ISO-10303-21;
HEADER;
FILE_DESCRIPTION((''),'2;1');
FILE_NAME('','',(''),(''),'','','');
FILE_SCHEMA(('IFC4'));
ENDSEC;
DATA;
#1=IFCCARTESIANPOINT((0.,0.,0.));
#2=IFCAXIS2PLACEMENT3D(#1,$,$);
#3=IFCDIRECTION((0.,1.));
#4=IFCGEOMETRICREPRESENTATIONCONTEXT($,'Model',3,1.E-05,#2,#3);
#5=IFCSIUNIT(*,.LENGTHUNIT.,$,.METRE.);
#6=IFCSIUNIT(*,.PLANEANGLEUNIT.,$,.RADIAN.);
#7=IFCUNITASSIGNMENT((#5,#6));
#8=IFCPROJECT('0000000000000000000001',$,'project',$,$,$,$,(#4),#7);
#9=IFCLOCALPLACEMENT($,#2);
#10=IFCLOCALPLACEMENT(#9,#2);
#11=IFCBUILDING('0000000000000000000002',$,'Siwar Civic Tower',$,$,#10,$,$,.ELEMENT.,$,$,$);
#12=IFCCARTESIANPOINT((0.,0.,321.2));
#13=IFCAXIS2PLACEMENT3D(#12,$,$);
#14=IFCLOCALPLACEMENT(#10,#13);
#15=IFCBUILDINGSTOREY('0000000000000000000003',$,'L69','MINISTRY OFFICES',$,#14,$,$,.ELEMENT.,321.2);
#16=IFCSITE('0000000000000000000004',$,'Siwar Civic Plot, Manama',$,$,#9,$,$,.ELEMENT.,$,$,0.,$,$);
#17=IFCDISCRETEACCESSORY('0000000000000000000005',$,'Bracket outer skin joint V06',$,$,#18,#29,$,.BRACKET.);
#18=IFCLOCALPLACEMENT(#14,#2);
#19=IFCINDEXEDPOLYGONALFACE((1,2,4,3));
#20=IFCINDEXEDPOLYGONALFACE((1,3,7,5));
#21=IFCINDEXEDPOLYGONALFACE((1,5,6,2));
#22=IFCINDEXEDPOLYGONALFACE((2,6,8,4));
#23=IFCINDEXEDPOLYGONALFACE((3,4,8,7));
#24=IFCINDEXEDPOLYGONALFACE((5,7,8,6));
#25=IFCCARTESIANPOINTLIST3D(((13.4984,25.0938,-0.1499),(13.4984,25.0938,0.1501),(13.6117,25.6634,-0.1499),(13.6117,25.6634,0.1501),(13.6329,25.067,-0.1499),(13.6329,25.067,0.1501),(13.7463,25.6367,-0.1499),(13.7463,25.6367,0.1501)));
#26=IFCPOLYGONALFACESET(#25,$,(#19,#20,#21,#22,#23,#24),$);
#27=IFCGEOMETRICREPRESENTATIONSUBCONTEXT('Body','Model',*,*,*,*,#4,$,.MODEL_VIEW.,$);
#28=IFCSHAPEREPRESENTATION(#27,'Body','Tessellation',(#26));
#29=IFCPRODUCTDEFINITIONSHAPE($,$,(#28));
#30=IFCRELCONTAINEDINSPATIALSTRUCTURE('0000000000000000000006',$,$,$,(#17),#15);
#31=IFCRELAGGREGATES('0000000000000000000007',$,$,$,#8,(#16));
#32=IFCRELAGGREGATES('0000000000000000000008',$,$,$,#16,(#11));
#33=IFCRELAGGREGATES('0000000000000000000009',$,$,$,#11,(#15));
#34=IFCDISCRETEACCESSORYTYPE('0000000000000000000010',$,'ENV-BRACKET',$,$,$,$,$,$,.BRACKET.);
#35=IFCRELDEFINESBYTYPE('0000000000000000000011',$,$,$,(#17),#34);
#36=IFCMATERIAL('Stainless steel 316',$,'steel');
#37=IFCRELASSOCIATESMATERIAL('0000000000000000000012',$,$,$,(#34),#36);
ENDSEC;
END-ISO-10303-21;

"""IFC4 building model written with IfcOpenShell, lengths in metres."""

from ifc_helpers import new_model, si_unit, direction, frame, origin, origin_2d, place, context, subcontext, project, spatial, rectangle, extrude, material, type_object, element, save


model = new_model("IFC4")

# Units and contexts
model_context = context("Model", 3, precision=1e-05, world=origin(), true_north=direction((0.0, 1.0)))
body_context = subcontext(model_context, "Body", "Model", "MODEL_VIEW")
ifc_project = project(units=[si_unit("LENGTHUNIT", "METRE"), si_unit("PLANEANGLEUNIT", "RADIAN")], contexts=[model_context])

# Site, building, storey
site_placement = place(None, origin())
site = spatial("IfcSite", under=ifc_project, at=site_placement, Name="Siwar Civic Plot, Manama", CompositionType="ELEMENT", RefElevation=0.0)
building_placement = place(site_placement, origin())
building = spatial("IfcBuilding", under=site, at=building_placement, Name="Siwar Civic Tower", CompositionType="ELEMENT")
storey_placement = place(building_placement, frame((0.0, 0.0, 321.2)))
storey = spatial("IfcBuildingStorey", under=building, at=storey_placement, Name="L69", Description="MINISTRY OFFICES", CompositionType="ELEMENT", Elevation=321.2)

# Discrete accessory
ifc_material_1 = material(Name="Stainless steel 316", Category="steel")
discrete_accessory_type = type_object("IfcDiscreteAccessoryType", Name="ENV-BRACKET", PredefinedType="BRACKET", material=ifc_material_1)
discrete_accessory_1_placement = place(storey_placement, frame((13.6223, 25.3652, -0.1499), z_axis=(0.0, 0.0, 1.0), x_axis=(0.19509, 0.980785, 0.0)))
element("IfcDiscreteAccessory", 1, at=discrete_accessory_1_placement, inside=storey, type_object=discrete_accessory_type, Name="Bracket outer skin joint V06", PredefinedType="BRACKET", context=body_context, shape_type="SweptSolid", body=[
    extrude(rectangle(XDim=0.5808, YDim=0.1372, at=origin_2d()), origin(), (0.0, 0.0, 1.0), 0.3),
])

save(model, "model.ifc")
